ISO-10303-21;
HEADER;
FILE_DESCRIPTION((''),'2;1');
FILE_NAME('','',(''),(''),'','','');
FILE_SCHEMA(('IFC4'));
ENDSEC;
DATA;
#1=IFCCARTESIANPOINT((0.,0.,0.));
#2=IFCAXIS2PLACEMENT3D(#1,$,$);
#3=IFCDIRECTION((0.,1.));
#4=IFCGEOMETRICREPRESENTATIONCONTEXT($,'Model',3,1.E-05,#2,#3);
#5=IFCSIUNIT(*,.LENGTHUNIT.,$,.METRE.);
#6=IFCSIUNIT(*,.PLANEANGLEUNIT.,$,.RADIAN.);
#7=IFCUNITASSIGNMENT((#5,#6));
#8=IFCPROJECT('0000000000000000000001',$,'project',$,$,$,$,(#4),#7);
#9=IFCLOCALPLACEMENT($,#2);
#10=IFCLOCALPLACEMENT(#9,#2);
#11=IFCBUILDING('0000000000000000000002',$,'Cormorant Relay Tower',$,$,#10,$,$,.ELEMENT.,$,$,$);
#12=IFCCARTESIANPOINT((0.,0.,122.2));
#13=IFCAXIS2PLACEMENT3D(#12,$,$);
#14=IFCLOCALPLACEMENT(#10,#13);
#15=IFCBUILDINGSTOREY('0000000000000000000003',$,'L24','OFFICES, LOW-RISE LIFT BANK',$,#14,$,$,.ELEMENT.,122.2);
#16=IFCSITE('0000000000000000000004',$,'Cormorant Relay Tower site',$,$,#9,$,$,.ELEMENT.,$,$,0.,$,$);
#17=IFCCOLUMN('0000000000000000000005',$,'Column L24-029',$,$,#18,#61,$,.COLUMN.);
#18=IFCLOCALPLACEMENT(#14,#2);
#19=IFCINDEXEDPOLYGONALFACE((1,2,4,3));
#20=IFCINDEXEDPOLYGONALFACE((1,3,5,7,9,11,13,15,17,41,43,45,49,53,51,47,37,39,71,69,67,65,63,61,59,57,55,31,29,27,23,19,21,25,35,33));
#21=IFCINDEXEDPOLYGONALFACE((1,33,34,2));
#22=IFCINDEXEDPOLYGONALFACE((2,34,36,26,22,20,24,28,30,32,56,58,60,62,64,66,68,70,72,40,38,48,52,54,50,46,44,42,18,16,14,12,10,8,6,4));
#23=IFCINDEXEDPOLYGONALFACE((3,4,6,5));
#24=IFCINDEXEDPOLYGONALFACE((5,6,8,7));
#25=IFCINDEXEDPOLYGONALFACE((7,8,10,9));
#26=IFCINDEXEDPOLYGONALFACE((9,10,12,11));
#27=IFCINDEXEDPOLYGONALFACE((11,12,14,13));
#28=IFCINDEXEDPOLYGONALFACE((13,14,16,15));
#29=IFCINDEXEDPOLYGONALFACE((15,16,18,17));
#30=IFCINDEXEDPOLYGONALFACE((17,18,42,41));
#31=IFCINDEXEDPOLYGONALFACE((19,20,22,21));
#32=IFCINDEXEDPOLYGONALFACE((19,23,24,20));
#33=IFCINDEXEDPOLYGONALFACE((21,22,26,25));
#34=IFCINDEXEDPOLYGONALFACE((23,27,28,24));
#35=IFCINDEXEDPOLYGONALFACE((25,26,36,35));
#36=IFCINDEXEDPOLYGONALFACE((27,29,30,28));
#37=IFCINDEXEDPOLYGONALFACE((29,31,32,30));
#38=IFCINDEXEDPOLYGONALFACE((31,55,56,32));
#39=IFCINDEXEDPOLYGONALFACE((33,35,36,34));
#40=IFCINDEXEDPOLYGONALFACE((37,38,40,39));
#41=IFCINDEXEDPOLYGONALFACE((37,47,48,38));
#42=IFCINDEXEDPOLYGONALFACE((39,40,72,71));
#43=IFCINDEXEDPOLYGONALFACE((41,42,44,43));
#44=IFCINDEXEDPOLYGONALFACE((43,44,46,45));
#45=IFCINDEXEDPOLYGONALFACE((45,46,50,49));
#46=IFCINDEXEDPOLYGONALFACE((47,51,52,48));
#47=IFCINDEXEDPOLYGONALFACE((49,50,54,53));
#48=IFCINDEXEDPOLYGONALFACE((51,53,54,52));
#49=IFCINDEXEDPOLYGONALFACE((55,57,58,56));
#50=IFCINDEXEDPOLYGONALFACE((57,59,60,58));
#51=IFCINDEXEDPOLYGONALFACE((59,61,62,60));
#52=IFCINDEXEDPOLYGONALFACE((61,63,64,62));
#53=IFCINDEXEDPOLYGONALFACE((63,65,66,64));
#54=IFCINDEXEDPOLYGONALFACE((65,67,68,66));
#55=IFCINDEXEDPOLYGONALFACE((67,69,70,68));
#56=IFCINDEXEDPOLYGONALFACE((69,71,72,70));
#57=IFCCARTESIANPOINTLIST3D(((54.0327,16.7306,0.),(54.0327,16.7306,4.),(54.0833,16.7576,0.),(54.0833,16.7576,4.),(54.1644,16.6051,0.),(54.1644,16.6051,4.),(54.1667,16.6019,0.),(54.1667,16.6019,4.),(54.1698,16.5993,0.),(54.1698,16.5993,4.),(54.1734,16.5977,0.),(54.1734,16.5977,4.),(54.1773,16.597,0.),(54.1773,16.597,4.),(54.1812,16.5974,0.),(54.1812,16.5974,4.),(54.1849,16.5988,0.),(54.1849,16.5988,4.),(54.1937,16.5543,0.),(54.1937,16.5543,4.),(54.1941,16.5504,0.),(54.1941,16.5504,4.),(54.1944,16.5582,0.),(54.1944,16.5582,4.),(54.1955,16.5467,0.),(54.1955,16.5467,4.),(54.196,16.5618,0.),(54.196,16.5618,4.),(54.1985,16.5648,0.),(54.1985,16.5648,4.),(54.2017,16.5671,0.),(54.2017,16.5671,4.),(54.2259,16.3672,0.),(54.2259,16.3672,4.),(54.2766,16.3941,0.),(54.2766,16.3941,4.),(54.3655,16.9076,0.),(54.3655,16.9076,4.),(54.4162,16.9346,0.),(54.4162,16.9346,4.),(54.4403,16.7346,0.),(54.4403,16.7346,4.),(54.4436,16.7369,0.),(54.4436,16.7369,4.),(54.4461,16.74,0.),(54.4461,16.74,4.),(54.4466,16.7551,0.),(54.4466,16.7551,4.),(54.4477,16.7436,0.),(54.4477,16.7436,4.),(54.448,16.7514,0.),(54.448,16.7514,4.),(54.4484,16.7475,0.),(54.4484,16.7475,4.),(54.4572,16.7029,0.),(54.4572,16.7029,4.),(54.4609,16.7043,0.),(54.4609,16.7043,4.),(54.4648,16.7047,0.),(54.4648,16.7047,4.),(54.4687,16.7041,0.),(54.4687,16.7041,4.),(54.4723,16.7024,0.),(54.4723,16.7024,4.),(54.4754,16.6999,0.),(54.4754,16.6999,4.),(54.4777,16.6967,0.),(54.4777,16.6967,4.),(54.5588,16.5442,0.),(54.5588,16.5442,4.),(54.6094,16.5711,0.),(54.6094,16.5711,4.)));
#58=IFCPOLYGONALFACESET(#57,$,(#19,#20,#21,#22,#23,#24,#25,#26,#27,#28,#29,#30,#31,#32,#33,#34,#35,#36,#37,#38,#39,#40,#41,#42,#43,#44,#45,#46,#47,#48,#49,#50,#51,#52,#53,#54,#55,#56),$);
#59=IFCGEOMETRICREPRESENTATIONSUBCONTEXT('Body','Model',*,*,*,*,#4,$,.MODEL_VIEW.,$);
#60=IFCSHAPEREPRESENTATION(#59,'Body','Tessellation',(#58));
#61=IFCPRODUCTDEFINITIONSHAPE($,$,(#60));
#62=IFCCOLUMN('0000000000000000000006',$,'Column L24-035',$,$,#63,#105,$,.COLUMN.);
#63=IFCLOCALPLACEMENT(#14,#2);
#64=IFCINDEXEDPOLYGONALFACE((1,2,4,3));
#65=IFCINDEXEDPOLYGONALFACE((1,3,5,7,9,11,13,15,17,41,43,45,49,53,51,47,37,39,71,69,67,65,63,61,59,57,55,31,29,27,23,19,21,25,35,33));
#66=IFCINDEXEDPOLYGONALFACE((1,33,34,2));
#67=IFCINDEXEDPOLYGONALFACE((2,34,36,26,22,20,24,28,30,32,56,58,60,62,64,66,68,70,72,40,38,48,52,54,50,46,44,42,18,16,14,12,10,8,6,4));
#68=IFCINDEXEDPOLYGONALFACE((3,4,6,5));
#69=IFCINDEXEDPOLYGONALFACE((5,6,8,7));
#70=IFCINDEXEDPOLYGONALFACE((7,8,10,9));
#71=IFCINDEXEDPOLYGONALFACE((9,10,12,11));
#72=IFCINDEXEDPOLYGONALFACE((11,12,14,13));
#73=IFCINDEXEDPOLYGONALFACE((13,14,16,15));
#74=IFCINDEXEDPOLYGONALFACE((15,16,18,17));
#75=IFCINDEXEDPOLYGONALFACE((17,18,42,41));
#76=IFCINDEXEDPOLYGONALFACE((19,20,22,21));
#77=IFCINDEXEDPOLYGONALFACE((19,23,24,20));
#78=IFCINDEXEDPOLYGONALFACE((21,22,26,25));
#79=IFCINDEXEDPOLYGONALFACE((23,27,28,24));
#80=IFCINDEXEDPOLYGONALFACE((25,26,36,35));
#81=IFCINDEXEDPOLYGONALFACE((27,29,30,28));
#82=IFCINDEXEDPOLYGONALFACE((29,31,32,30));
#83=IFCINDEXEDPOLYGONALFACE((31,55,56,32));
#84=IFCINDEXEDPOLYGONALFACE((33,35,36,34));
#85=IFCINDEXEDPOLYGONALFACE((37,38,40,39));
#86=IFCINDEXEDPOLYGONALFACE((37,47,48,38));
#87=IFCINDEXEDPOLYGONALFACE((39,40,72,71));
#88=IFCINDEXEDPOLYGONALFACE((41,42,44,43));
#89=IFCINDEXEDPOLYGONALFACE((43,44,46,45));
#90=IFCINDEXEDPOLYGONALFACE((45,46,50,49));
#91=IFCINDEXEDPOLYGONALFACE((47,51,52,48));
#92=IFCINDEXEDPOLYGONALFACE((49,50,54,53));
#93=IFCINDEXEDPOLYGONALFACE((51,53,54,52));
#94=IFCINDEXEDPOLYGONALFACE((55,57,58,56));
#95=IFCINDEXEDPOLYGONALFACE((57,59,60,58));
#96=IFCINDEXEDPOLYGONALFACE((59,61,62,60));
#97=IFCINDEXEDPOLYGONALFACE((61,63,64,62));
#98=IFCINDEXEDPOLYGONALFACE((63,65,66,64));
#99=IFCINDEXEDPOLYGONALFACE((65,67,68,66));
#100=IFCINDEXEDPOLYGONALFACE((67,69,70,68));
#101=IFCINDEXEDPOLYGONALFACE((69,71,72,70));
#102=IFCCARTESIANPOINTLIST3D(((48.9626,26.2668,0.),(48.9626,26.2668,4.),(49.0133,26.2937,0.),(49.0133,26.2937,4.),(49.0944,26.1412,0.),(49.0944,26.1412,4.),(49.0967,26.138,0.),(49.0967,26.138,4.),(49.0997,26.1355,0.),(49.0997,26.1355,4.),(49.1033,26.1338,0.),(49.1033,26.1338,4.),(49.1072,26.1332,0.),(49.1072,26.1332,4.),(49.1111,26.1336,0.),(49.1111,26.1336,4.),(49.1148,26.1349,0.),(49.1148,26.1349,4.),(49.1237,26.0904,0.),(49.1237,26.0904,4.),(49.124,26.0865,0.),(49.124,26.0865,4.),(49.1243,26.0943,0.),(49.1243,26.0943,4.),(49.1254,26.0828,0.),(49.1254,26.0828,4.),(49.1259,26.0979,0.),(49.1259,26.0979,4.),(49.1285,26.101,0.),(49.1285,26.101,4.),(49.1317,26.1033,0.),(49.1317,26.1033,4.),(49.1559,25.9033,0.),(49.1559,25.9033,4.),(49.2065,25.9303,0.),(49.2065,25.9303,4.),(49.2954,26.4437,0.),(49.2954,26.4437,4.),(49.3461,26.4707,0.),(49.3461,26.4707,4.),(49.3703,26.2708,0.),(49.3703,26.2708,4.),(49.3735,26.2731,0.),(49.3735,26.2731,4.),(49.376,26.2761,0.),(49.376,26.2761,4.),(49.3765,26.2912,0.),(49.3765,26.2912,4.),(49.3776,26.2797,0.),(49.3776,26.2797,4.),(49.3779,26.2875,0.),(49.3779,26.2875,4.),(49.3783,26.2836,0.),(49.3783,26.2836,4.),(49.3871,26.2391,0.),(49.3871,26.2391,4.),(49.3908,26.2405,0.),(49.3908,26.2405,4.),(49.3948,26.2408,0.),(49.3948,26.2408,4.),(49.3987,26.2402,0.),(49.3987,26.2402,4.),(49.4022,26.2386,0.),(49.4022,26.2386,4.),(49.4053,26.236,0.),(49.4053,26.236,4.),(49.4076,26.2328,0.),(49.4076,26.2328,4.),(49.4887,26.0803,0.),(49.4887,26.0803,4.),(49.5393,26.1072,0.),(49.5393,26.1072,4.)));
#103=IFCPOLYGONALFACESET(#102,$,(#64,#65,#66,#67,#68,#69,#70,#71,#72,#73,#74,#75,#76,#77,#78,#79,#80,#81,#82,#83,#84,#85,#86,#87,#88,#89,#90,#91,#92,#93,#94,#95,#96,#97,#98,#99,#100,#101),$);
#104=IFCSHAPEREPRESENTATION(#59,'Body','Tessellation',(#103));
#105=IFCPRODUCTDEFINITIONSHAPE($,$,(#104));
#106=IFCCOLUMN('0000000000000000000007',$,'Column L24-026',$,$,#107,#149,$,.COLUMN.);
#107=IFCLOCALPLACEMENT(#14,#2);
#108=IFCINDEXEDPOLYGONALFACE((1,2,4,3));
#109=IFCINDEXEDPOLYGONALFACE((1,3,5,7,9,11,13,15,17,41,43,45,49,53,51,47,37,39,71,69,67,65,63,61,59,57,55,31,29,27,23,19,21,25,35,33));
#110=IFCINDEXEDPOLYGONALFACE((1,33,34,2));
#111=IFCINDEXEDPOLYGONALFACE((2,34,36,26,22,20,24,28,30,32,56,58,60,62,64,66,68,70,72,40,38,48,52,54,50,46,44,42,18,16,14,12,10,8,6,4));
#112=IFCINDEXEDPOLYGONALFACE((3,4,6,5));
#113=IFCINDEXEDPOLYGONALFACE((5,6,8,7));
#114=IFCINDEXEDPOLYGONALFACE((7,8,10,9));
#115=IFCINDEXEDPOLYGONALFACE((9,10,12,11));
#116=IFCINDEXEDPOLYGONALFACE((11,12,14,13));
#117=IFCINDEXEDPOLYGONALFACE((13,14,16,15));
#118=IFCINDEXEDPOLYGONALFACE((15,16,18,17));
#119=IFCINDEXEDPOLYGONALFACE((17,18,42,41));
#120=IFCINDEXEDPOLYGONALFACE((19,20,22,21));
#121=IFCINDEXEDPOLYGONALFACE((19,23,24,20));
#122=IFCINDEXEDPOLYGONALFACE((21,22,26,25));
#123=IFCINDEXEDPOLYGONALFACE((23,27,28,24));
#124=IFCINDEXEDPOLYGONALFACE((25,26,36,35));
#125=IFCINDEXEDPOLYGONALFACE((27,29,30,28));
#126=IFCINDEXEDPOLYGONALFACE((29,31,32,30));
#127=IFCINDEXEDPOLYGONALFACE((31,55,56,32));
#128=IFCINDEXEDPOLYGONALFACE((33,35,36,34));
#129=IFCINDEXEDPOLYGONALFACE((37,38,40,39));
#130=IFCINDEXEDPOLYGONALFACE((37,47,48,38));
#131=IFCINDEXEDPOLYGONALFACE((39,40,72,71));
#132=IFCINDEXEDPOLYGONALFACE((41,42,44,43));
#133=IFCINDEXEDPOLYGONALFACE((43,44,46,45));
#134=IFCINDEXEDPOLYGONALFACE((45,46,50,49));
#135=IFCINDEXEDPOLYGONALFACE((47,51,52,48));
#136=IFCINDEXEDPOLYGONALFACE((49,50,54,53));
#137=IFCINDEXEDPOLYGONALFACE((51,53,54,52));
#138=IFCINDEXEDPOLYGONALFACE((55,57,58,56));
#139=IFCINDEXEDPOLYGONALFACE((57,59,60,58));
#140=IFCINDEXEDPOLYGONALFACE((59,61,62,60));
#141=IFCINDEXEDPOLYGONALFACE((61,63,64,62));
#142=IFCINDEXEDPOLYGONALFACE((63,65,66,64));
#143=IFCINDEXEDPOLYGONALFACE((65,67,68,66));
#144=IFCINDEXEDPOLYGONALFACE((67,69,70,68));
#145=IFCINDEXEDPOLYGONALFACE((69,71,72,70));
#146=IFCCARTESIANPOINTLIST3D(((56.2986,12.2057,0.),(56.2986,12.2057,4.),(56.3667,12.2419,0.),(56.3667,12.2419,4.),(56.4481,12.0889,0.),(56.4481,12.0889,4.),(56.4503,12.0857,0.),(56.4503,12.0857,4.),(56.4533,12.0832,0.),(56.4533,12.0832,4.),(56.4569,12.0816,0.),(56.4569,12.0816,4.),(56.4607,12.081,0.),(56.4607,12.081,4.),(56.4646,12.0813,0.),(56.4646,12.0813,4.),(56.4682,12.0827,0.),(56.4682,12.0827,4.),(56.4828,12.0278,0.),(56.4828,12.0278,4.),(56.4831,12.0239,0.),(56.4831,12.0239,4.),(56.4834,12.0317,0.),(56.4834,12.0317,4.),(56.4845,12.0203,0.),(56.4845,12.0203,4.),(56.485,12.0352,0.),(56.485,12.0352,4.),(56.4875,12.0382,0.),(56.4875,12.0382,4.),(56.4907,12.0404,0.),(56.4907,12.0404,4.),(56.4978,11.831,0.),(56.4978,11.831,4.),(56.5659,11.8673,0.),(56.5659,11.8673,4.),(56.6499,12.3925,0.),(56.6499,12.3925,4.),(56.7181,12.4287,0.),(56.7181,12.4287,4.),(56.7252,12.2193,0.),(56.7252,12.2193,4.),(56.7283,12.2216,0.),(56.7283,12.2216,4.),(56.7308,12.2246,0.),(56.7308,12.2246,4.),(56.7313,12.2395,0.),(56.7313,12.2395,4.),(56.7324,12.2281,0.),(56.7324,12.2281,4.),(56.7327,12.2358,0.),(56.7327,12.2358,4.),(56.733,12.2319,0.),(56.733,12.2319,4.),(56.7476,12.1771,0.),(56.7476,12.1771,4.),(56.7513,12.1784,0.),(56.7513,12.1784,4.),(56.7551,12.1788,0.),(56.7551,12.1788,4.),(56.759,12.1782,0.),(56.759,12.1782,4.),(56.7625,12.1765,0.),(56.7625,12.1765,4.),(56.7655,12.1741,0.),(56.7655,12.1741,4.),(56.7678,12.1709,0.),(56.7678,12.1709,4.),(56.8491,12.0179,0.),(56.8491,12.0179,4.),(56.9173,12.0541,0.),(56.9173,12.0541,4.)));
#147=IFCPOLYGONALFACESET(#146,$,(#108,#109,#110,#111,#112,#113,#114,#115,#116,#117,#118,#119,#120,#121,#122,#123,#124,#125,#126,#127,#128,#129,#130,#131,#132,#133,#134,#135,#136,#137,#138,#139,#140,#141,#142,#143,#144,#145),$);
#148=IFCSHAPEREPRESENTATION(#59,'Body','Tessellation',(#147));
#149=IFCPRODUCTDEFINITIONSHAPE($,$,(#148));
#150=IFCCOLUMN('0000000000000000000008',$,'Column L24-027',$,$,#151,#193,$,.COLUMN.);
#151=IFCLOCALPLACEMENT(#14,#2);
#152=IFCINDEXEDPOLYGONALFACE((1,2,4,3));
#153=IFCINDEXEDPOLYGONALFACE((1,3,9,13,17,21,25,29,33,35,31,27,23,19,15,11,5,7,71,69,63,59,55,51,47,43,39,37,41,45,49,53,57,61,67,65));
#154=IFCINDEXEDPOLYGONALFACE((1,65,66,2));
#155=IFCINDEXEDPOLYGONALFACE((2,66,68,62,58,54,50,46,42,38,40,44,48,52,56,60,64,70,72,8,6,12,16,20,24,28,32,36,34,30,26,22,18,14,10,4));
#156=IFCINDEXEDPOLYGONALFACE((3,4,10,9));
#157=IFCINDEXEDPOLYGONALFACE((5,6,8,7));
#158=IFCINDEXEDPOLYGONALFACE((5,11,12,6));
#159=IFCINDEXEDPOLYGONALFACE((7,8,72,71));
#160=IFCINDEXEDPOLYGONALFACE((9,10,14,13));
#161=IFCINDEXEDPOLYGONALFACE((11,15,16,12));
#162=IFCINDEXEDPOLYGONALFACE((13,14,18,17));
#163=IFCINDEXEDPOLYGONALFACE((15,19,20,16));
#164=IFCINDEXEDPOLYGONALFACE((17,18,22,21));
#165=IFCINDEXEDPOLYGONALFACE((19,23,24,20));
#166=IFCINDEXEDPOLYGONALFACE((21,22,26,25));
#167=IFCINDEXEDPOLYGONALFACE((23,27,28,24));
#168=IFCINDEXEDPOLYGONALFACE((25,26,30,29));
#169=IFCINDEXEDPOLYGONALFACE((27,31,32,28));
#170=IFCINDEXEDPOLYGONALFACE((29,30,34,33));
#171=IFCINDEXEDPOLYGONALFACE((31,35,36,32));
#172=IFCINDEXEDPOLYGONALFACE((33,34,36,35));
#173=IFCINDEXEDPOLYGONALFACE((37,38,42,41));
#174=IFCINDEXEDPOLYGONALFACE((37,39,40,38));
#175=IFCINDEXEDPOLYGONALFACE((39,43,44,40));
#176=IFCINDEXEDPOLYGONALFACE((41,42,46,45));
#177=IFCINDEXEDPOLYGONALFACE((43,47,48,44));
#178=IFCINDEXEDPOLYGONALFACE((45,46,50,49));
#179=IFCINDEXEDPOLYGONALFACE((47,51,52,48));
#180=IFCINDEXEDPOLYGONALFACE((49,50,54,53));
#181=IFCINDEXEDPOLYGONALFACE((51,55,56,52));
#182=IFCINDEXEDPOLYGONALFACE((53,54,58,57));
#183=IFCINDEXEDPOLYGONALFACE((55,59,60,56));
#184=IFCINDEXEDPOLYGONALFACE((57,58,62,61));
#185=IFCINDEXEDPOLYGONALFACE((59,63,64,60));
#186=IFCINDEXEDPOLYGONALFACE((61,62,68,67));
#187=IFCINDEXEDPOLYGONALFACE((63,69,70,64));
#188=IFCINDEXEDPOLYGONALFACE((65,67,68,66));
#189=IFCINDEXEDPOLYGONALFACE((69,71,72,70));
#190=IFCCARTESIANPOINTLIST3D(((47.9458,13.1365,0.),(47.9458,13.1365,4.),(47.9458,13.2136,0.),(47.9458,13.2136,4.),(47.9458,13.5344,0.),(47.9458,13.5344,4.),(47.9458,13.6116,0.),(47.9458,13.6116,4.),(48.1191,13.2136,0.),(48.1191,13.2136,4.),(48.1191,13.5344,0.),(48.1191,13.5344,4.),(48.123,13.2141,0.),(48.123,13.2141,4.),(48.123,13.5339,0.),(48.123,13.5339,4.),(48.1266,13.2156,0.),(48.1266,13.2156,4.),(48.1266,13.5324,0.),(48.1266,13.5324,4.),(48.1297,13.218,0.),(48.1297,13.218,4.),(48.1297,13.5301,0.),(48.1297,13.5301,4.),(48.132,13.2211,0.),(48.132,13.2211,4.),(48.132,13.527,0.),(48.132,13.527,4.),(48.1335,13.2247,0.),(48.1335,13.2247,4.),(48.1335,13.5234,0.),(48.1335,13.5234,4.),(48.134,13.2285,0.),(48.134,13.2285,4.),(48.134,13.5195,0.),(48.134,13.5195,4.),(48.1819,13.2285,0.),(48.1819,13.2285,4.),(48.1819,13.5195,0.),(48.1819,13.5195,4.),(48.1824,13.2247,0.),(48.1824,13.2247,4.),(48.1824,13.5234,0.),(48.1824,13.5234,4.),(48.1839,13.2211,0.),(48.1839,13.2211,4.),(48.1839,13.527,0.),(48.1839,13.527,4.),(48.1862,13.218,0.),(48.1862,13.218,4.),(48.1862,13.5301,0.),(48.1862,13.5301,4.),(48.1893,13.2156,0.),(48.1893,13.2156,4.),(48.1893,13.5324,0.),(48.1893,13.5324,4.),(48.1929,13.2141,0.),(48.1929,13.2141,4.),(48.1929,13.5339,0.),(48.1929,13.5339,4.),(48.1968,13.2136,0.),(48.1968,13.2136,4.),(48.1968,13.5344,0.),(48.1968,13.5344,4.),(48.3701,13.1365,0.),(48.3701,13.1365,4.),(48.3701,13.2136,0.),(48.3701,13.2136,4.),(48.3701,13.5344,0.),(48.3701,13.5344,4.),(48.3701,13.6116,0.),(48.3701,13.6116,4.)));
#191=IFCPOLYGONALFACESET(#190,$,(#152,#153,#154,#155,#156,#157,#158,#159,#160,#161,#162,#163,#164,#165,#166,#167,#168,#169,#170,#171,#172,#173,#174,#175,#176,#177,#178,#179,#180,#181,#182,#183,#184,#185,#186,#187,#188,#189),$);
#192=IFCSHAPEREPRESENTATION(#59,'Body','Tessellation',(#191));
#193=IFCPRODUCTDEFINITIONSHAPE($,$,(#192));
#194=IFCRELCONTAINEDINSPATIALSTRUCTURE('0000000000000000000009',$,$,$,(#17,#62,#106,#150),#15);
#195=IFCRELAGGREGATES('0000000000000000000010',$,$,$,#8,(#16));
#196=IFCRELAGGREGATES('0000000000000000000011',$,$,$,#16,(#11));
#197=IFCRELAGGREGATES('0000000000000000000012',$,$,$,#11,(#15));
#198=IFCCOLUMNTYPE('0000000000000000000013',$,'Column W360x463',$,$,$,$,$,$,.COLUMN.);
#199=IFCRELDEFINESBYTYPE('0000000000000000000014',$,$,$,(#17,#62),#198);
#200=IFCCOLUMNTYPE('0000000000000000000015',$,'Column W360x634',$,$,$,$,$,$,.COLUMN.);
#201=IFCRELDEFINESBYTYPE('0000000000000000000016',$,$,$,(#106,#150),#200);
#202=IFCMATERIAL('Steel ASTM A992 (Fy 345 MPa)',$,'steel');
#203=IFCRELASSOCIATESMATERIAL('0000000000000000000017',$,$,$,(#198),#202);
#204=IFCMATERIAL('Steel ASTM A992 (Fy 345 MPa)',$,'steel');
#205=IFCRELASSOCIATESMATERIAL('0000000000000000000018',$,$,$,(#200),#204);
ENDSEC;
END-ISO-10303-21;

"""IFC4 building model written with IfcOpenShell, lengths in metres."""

from ifc_helpers import new_model, si_unit, direction, frame, origin, origin_2d, place, context, subcontext, project, spatial, i_section, extrude, material, material_profile, profile_set, type_object, element, save


model = new_model("IFC4")

# Units and contexts
model_context = context("Model", 3, precision=1e-05, world=origin(), true_north=direction((0.0, 1.0)))
body_context = subcontext(model_context, "Body", "Model", "MODEL_VIEW")
ifc_project = project(units=[si_unit("LENGTHUNIT", "METRE"), si_unit("PLANEANGLEUNIT", "RADIAN")], contexts=[model_context])

# Site, building, storey
site_placement = place(None, origin())
site = spatial("IfcSite", under=ifc_project, at=site_placement, Name="Cormorant Relay Tower site", CompositionType="ELEMENT", RefElevation=0.0)
building_placement = place(site_placement, origin())
building = spatial("IfcBuilding", under=site, at=building_placement, Name="Cormorant Relay Tower", CompositionType="ELEMENT")
storey_placement = place(building_placement, frame((0.0, 0.0, 122.2)))
storey = spatial("IfcBuildingStorey", under=building, at=storey_placement, Name="L24", Description="OFFICES, LOW-RISE LIFT BANK", CompositionType="ELEMENT", Elevation=122.2)

# Columns
ifc_material_1 = material(Name="Steel ASTM A992 (Fy 345 MPa)", Category="steel")
ifc_material_profile_1 = material_profile(ifc_material_1, i_section(OverallWidth=0.4116, OverallDepth=0.4343, WebThickness=0.0359, FlangeThickness=0.0574, FilletRadius=0.0151, at=origin_2d()), Name="W360x463")
ifc_profile_set_1 = profile_set([ifc_material_profile_1], Name="Steel ASTM A992 (Fy 345 MPa)")
column_type_1 = type_object("IfcColumnType", Name="Column W360x463", PredefinedType="COLUMN", material=ifc_profile_set_1)
for number, where, z_axis, x_axis, name in (
    (1, (54.321, 16.6509, 0.0), (0.0, 0.0, 1.0), (-0.469472, 0.882948, 0.0), "Column L24-029"),
    (2, (49.251, 26.187, 0.0), (0.0, 0.0, 1.0), (-0.469472, 0.882948, 0.0), "Column L24-035"),
):
    element("IfcColumn", number, at=place(storey_placement, frame(where, z_axis=z_axis, x_axis=x_axis)), inside=storey, type_object=column_type_1, Name=name, PredefinedType="COLUMN", context=body_context, shape_type="SweptSolid", body=[
        extrude(i_section(OverallWidth=0.4116, OverallDepth=0.4343, WebThickness=0.0359, FlangeThickness=0.0574, FilletRadius=0.0151, at=origin_2d()), origin(), (0.0, 0.0, 1.0), 4.0),
    ])
ifc_material_2 = material(Name="Steel ASTM A992 (Fy 345 MPa)", Category="steel")
ifc_material_profile_2 = material_profile(ifc_material_2, i_section(OverallWidth=0.4243, OverallDepth=0.4751, WebThickness=0.0479, FlangeThickness=0.0771, FilletRadius=0.0149, at=origin_2d()), Name="W360x634")
ifc_profile_set_2 = profile_set([ifc_material_profile_2], Name="Steel ASTM A992 (Fy 345 MPa)")
column_type_2 = type_object("IfcColumnType", Name="Column W360x634", PredefinedType="COLUMN", material=ifc_profile_set_2)
for number, where, z_axis, x_axis, name in (
    (3, (56.6079, 12.1299, 0.0), (0.0, 0.0, 1.0), (-0.469472, 0.882948, 0.0), "Column L24-026"),
    (4, (48.158, 13.374, 0.0), (0.0, 0.0, 1.0), (1.0, 0.0, 0.0), "Column L24-027"),
):
    element("IfcColumn", number, at=place(storey_placement, frame(where, z_axis=z_axis, x_axis=x_axis)), inside=storey, type_object=column_type_2, Name=name, PredefinedType="COLUMN", context=body_context, shape_type="SweptSolid", body=[
        extrude(i_section(OverallWidth=0.4243, OverallDepth=0.4751, WebThickness=0.0479, FlangeThickness=0.0771, FilletRadius=0.0149, at=origin_2d()), origin(), (0.0, 0.0, 1.0), 4.0),
    ])

save(model, "model.ifc")
